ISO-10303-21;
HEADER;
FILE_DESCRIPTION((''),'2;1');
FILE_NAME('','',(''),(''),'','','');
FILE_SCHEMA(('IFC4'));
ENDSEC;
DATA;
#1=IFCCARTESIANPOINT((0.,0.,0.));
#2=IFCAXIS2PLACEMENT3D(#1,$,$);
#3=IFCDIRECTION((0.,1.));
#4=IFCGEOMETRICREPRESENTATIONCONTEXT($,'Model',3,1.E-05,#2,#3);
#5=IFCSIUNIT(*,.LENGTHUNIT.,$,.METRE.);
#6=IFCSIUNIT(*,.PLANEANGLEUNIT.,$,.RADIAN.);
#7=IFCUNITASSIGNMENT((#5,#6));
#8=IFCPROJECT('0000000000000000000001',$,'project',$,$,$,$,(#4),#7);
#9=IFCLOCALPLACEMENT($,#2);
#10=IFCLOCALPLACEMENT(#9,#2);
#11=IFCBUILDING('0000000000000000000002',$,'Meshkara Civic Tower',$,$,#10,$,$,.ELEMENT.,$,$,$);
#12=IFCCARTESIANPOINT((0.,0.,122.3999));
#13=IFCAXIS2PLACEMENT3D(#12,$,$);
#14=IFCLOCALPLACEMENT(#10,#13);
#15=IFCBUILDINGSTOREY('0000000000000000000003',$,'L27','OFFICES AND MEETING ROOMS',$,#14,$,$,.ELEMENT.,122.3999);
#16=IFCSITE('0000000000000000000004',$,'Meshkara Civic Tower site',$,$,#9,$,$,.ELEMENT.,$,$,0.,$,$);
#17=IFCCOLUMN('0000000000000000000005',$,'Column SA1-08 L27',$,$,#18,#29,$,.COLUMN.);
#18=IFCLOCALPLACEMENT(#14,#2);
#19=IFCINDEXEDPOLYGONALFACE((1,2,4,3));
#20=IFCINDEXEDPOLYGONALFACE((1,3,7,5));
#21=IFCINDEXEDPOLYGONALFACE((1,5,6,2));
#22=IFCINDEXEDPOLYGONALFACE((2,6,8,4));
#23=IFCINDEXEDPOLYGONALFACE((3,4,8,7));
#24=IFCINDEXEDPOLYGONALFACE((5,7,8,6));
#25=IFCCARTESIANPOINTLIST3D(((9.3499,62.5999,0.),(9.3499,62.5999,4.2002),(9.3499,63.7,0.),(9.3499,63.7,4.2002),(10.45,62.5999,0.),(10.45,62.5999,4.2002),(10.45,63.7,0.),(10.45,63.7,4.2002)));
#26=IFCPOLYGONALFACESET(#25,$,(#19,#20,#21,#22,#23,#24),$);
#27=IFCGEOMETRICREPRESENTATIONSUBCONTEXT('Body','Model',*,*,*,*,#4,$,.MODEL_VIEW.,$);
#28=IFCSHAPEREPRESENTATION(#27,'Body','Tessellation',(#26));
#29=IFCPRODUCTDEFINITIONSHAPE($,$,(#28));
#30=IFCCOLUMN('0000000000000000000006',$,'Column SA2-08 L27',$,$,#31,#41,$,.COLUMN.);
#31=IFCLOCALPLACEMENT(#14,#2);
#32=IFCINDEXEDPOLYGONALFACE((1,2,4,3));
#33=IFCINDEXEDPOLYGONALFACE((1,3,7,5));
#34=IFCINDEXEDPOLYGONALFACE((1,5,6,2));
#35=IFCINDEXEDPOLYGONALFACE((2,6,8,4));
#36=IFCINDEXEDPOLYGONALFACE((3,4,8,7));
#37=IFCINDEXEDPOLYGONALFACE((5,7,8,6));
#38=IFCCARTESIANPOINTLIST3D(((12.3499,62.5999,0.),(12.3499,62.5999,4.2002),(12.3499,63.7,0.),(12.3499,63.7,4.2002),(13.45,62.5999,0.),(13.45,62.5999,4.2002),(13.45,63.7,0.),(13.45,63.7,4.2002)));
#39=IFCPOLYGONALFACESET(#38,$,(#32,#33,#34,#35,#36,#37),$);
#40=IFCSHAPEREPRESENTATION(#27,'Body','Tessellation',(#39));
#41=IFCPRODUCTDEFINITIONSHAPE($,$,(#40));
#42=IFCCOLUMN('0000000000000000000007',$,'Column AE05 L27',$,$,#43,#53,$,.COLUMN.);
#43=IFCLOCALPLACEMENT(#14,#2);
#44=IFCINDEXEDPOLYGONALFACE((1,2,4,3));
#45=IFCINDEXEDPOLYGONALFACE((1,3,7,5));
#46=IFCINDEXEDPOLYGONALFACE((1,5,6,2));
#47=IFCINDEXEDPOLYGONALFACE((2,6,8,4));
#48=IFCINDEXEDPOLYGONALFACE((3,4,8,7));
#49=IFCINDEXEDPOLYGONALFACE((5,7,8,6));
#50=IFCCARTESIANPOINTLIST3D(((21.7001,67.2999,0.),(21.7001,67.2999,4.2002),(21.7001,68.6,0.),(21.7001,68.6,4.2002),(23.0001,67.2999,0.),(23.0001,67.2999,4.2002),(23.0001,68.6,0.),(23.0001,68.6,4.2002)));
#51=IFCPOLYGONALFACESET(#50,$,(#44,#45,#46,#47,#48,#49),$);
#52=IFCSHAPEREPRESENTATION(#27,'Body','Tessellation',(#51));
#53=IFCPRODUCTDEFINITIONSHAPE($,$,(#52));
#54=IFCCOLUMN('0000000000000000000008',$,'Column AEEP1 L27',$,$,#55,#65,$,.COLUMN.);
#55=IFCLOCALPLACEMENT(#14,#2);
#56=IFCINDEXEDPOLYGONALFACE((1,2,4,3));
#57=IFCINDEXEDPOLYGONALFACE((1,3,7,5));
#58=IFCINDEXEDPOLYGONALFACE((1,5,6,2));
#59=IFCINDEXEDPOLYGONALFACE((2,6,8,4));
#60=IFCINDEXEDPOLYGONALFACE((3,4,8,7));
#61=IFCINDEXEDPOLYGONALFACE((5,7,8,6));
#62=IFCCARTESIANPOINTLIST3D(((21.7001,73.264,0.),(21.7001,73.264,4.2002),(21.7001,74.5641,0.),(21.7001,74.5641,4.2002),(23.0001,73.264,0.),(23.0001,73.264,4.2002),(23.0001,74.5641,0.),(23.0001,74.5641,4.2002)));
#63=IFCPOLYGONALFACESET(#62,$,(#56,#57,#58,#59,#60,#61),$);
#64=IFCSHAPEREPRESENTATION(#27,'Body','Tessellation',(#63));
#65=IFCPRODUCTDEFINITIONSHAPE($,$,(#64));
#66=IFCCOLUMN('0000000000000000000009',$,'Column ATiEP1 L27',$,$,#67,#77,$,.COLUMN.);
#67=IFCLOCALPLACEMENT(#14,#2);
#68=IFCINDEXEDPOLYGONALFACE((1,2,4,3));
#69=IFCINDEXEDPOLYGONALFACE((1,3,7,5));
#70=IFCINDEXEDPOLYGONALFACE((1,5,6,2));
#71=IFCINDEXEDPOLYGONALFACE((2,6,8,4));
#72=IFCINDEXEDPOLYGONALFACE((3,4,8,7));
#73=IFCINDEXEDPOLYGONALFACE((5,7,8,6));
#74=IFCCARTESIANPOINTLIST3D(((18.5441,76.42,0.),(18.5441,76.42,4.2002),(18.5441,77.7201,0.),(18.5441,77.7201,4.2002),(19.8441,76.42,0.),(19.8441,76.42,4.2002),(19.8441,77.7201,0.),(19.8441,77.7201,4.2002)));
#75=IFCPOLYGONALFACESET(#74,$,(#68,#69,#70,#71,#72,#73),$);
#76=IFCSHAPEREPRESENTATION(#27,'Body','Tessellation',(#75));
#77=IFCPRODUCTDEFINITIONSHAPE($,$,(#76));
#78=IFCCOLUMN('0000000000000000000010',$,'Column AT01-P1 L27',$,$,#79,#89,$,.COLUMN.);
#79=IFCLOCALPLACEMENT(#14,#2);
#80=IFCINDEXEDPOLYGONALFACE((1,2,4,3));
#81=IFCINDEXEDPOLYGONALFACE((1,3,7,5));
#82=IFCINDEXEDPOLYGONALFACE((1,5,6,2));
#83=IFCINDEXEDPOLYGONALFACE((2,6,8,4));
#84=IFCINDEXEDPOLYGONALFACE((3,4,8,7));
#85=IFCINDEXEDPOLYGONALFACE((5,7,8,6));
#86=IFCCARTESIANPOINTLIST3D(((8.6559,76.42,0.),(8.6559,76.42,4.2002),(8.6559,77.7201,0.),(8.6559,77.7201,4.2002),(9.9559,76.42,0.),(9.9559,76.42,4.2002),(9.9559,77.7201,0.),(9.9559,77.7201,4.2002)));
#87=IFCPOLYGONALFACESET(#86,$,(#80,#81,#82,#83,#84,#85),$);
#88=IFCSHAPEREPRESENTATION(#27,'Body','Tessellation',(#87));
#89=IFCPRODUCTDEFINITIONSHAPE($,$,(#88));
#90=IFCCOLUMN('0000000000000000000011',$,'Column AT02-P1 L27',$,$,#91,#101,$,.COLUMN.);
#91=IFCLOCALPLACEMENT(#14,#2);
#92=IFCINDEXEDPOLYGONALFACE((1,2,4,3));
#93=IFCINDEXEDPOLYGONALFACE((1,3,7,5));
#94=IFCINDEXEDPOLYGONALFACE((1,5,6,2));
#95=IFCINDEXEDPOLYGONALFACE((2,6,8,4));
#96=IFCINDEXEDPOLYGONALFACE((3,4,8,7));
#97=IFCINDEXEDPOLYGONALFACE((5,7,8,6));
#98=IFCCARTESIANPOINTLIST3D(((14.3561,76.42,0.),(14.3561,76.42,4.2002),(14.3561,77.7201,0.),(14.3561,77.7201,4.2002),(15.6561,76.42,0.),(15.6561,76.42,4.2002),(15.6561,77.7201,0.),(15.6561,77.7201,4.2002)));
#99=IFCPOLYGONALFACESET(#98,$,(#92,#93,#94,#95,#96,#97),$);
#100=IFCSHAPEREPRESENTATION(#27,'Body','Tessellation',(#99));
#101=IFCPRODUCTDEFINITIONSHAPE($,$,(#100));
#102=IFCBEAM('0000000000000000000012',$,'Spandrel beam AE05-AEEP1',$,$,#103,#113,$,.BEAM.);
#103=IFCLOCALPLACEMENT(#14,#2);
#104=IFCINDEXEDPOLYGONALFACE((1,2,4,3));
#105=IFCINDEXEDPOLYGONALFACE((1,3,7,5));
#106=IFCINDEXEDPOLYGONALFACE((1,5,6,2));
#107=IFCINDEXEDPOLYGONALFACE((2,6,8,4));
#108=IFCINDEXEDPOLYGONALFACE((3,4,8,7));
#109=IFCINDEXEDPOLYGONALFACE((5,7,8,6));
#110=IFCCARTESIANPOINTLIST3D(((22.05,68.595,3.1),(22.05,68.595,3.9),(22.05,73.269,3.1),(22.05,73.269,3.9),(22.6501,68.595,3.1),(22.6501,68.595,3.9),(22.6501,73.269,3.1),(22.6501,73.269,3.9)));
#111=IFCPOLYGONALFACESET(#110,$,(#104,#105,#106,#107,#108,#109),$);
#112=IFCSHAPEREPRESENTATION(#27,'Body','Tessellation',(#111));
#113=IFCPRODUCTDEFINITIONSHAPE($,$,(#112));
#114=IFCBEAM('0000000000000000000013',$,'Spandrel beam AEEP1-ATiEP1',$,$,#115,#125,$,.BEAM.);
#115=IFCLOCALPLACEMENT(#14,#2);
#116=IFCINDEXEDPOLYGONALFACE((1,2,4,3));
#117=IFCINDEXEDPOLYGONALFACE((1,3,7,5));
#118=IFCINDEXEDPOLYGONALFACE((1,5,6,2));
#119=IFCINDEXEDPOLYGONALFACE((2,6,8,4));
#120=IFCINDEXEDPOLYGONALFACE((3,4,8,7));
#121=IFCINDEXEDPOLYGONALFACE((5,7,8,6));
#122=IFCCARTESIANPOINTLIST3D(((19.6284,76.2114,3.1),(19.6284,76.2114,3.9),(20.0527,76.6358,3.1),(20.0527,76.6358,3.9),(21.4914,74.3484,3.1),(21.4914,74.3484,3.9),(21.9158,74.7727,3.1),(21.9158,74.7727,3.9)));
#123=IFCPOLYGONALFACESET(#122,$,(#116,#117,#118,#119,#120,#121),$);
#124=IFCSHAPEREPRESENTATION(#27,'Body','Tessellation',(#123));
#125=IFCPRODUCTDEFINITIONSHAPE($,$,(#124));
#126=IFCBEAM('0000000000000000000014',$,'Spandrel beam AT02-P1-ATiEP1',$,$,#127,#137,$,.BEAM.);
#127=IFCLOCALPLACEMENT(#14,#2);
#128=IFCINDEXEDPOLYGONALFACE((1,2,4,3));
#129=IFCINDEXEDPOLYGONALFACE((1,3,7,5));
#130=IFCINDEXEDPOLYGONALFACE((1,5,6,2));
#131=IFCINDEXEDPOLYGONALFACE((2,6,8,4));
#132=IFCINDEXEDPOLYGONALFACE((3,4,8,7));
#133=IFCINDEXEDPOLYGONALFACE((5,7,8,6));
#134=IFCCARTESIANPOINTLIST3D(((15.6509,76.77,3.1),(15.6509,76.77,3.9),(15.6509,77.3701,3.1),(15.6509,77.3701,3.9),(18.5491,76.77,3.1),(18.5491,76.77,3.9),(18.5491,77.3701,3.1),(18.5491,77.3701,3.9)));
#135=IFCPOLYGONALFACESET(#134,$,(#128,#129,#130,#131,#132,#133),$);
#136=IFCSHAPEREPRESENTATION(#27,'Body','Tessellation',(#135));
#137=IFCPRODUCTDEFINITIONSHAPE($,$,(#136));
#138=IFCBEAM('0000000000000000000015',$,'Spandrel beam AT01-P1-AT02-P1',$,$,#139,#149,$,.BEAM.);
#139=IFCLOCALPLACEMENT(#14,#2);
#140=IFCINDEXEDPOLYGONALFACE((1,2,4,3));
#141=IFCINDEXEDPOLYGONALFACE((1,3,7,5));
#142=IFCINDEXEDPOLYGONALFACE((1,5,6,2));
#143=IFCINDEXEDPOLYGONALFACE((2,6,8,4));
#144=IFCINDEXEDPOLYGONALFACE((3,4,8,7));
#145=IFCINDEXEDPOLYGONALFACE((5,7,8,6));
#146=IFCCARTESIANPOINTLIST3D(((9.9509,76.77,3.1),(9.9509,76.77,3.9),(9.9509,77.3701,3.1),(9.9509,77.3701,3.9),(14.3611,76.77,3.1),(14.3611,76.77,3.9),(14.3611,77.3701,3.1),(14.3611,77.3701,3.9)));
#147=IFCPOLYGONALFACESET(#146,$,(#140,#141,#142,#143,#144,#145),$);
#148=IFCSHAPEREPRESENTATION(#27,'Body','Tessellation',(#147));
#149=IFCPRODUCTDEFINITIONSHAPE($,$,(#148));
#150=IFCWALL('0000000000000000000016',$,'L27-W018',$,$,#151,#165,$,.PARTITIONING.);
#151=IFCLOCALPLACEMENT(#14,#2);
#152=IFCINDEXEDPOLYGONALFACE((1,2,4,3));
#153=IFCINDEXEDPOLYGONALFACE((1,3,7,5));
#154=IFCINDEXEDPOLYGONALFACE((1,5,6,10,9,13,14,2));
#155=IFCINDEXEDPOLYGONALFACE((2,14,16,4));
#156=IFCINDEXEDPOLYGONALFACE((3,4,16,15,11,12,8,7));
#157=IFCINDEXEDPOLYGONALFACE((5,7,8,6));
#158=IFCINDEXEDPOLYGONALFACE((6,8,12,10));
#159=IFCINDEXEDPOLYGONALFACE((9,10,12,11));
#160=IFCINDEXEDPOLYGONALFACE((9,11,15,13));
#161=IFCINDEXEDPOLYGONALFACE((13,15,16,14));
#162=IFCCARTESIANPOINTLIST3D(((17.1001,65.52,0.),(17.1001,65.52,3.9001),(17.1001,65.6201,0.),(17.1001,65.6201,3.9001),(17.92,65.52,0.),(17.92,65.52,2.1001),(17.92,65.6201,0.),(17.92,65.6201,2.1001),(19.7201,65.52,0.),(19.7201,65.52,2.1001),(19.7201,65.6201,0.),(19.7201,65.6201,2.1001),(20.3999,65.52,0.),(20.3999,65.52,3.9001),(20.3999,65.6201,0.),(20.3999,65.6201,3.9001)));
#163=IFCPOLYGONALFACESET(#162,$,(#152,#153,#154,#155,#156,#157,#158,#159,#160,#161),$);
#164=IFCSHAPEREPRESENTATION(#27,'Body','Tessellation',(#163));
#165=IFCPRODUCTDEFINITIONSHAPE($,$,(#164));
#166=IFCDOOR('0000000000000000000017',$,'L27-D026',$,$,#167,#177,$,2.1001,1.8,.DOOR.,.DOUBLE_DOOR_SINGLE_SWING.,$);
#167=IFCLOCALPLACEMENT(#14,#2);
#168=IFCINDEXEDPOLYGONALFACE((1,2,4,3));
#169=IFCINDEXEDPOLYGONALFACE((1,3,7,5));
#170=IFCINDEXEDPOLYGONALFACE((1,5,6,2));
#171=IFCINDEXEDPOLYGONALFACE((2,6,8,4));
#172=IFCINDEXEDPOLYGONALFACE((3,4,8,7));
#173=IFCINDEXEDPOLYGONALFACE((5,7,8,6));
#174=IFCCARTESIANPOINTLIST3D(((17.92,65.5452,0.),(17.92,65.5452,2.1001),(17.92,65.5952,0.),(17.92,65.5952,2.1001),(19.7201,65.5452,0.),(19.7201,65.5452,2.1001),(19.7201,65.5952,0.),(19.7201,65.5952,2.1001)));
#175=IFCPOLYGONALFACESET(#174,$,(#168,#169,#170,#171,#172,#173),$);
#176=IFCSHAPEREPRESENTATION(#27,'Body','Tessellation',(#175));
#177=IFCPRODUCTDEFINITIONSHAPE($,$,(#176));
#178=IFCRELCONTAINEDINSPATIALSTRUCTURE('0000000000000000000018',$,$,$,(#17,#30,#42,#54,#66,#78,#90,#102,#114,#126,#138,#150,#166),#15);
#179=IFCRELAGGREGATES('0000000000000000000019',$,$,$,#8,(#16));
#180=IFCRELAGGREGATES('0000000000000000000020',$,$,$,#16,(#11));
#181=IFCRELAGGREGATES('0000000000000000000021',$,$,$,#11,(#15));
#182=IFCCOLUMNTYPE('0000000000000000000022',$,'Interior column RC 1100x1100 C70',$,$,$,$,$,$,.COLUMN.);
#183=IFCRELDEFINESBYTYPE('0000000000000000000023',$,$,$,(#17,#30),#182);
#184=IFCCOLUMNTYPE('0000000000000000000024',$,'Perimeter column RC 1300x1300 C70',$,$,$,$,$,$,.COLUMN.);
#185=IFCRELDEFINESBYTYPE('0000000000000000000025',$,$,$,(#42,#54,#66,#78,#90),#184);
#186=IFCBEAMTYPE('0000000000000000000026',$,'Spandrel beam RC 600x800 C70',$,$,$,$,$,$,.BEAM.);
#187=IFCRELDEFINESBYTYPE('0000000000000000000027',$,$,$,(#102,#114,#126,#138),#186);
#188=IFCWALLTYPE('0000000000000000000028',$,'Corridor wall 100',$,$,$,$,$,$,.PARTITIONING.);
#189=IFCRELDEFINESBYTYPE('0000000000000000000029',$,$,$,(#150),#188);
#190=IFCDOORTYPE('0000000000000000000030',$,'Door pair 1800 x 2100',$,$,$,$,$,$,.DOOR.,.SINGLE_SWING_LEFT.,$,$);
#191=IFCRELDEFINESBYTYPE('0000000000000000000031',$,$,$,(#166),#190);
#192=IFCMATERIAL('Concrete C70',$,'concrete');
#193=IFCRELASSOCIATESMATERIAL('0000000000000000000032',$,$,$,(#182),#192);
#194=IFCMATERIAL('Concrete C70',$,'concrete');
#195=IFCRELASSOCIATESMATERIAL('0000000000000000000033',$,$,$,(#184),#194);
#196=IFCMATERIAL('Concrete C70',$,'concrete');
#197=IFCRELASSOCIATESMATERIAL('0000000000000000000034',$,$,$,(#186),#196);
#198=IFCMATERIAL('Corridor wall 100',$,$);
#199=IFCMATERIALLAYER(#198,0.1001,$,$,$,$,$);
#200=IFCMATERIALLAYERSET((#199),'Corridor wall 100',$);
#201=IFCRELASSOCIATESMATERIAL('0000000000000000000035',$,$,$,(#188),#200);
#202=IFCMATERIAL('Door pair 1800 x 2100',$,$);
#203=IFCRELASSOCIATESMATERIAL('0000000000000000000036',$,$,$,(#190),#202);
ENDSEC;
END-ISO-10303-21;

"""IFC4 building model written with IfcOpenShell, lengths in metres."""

from ifc_helpers import new_model, si_unit, direction, frame, frame_2d, origin, origin_2d, place, context, subcontext, project, spatial, rectangle, extrude, material, layer, layer_set, material_profile, profile_set, type_object, element, fill, save


model = new_model("IFC4")

# Units and contexts
model_context = context("Model", 3, precision=1e-05, world=origin(), true_north=direction((0.0, 1.0)))
body_context = subcontext(model_context, "Body", "Model", "MODEL_VIEW")
ifc_project = project(units=[si_unit("LENGTHUNIT", "METRE"), si_unit("PLANEANGLEUNIT", "RADIAN")], contexts=[model_context])

# Site, building, storey
site_placement = place(None, origin())
site = spatial("IfcSite", under=ifc_project, at=site_placement, Name="Meshkara Civic Tower site", CompositionType="ELEMENT", RefElevation=0.0)
building_placement = place(site_placement, origin())
building = spatial("IfcBuilding", under=site, at=building_placement, Name="Meshkara Civic Tower", CompositionType="ELEMENT")
storey_placement = place(building_placement, frame((0.0, 0.0, 122.3999)))
storey = spatial("IfcBuildingStorey", under=building, at=storey_placement, Name="L27", Description="OFFICES AND MEETING ROOMS", CompositionType="ELEMENT", Elevation=122.3999)

# Columns
ifc_material_1 = material(Name="Concrete C70", Category="concrete")
ifc_material_profile_1 = material_profile(ifc_material_1, rectangle(XDim=1.1001, YDim=1.1001, at=origin_2d()))
ifc_profile_set_1 = profile_set([ifc_material_profile_1], Name="Concrete C70")
column_type_1 = type_object("IfcColumnType", Name="Interior column RC 1100x1100 C70", PredefinedType="COLUMN", material=ifc_profile_set_1)
for number, where, z_axis, x_axis, name in (
    (1, (9.8999, 63.1499, 0.0), (0.0, 0.0, 1.0), (1.0, 0.0, 0.0), "Column SA1-08 L27"),
    (2, (12.8999, 63.1499, 0.0), (0.0, 0.0, 1.0), (1.0, 0.0, 0.0), "Column SA2-08 L27"),
):
    element("IfcColumn", number, at=place(storey_placement, frame(where, z_axis=z_axis, x_axis=x_axis)), inside=storey, type_object=column_type_1, Name=name, PredefinedType="COLUMN", context=body_context, shape_type="SweptSolid", body=[
        extrude(rectangle(XDim=1.1001, YDim=1.1001, at=origin_2d()), origin(), (0.0, 0.0, 1.0), 4.2002),
    ])
ifc_material_2 = material(Name="Concrete C70", Category="concrete")
ifc_material_profile_2 = material_profile(ifc_material_2, rectangle(XDim=1.3, YDim=1.3, at=origin_2d()))
ifc_profile_set_2 = profile_set([ifc_material_profile_2], Name="Concrete C70")
column_type_2 = type_object("IfcColumnType", Name="Perimeter column RC 1300x1300 C70", PredefinedType="COLUMN", material=ifc_profile_set_2)
for number, where, z_axis, x_axis, name in (
    (3, (22.3501, 67.95, 0.0), (0.0, 0.0, 1.0), (1.0, 0.0, 0.0), "Column AE05 L27"),
    (4, (22.3501, 73.9141, 0.0), (0.0, 0.0, 1.0), (1.0, 0.0, 0.0), "Column AEEP1 L27"),
    (5, (19.1941, 77.0701, 0.0), (0.0, 0.0, 1.0), (1.0, 0.0, 0.0), "Column ATiEP1 L27"),
    (6, (9.3059, 77.0701, 0.0), (0.0, 0.0, 1.0), (1.0, 0.0, 0.0), "Column AT01-P1 L27"),
    (7, (15.0061, 77.0701, 0.0), (0.0, 0.0, 1.0), (1.0, 0.0, 0.0), "Column AT02-P1 L27"),
):
    element("IfcColumn", number, at=place(storey_placement, frame(where, z_axis=z_axis, x_axis=x_axis)), inside=storey, type_object=column_type_2, Name=name, PredefinedType="COLUMN", context=body_context, shape_type="SweptSolid", body=[
        extrude(rectangle(XDim=1.3, YDim=1.3, at=origin_2d()), origin(), (0.0, 0.0, 1.0), 4.2002),
    ])

# Beams
ifc_material_3 = material(Name="Concrete C70", Category="concrete")
ifc_material_profile_3 = material_profile(ifc_material_3, rectangle(XDim=0.6001, YDim=0.8, at=origin_2d()))
ifc_profile_set_3 = profile_set([ifc_material_profile_3], Name="Concrete C70")
beam_type = type_object("IfcBeamType", Name="Spandrel beam RC 600x800 C70", PredefinedType="BEAM", material=ifc_profile_set_3)
beam_1_placement = place(storey_placement, frame((22.3501, 68.595, 3.5), z_axis=(0.0, 1.0, 0.0), x_axis=(-1.0, 0.0, 0.0)))
element("IfcBeam", 8, at=beam_1_placement, inside=storey, type_object=beam_type, Name="Spandrel beam AE05-AEEP1", PredefinedType="BEAM", context=body_context, shape_type="SweptSolid", body=[
    extrude(rectangle(XDim=0.6001, YDim=0.8, at=origin_2d()), origin(), (0.0, 0.0, 1.0), 4.6741),
])
beam_2_placement = place(storey_placement, frame((21.7036, 74.5605, 3.5), z_axis=(-0.707107, 0.707107, 0.0), x_axis=(-0.707107, -0.707107, 0.0)))
element("IfcBeam", 9, at=beam_2_placement, inside=storey, type_object=beam_type, Name="Spandrel beam AEEP1-ATiEP1", PredefinedType="BEAM", context=body_context, shape_type="SweptSolid", body=[
    extrude(rectangle(XDim=0.6001, YDim=0.8, at=origin_2d()), origin(), (0.0, 0.0, 1.0), 2.6348),
])
beam_3_placement = place(storey_placement, frame((18.5491, 77.0701, 3.5), z_axis=(-1.0, 0.0, 0.0), x_axis=(0.0, -1.0, 0.0)))
element("IfcBeam", 10, at=beam_3_placement, inside=storey, type_object=beam_type, Name="Spandrel beam AT02-P1-ATiEP1", PredefinedType="BEAM", context=body_context, shape_type="SweptSolid", body=[
    extrude(rectangle(XDim=0.6001, YDim=0.8, at=origin_2d()), origin(), (0.0, 0.0, 1.0), 2.8982),
])
beam_4_placement = place(storey_placement, frame((14.3611, 77.0701, 3.5), z_axis=(-1.0, 0.0, 0.0), x_axis=(0.0, -1.0, 0.0)))
element("IfcBeam", 11, at=beam_4_placement, inside=storey, type_object=beam_type, Name="Spandrel beam AT01-P1-AT02-P1", PredefinedType="BEAM", context=body_context, shape_type="SweptSolid", body=[
    extrude(rectangle(XDim=0.6001, YDim=0.8, at=origin_2d()), origin(), (0.0, 0.0, 1.0), 4.4102),
])

# Wall, opening, door
ifc_material_4 = material(Name="Corridor wall 100")
ifc_layer_1 = layer(ifc_material_4, 0.1001)
ifc_layer_set_1 = layer_set([ifc_layer_1], Name="Corridor wall 100")
wall_type_1 = type_object("IfcWallType", Name="Corridor wall 100", PredefinedType="PARTITIONING", material=ifc_layer_set_1)
wall_1_placement = place(storey_placement, frame((20.3999, 65.5701, 0.0), z_axis=(0.0, 0.0, 1.0), x_axis=(-1.0, 0.0, 0.0)))
wall_1 = element("IfcWall", 12, at=wall_1_placement, inside=storey, type_object=wall_type_1, Name="L27-W018", PredefinedType="PARTITIONING", context=body_context, shape_type="SweptSolid", body=[
    extrude(rectangle(XDim=3.2998, YDim=0.1001, at=frame_2d((1.6499, 0.0))), origin(), (0.0, 0.0, 1.0), 3.9001),
])
opening_1_placement = place(wall_1_placement, frame((0.6799, 0.0, 0.0)))
opening_1 = element("IfcOpeningElement", 13, at=opening_1_placement, cuts=wall_1, PredefinedType="OPENING", context=body_context, shape_type="SweptSolid", body=[
    extrude(rectangle(XDim=1.8, YDim=2.1001, at=frame_2d((0.8999, 1.05))), frame((0.0, 0.0601, 0.0), z_axis=(0.0, -1.0, 0.0), x_axis=(1.0, 0.0, 0.0)), (0.0, 0.0, 1.0), 0.1201),
])
ifc_material_5 = material(Name="Door pair 1800 x 2100")
door_type_1 = type_object("IfcDoorType", Name="Door pair 1800 x 2100", OperationType="SINGLE_SWING_LEFT", PredefinedType="DOOR", material=ifc_material_5)
door_1_placement = place(opening_1_placement, origin())
door_1 = element("IfcDoor", 14, at=door_1_placement, inside=storey, type_object=door_type_1, Name="L27-D026", OperationType="DOUBLE_DOOR_SINGLE_SWING", OverallHeight=2.1001, OverallWidth=1.8, PredefinedType="DOOR", context=body_context, shape_type="SweptSolid", body=[
    extrude(rectangle(XDim=1.8, YDim=2.1001, at=frame_2d((0.8999, 1.05))), frame((0.0, 0.0249, 0.0), z_axis=(0.0, -1.0, 0.0), x_axis=(1.0, 0.0, 0.0)), (0.0, 0.0, 1.0), 0.05),
])
fill(opening_1, door_1)

save(model, "model.ifc")
